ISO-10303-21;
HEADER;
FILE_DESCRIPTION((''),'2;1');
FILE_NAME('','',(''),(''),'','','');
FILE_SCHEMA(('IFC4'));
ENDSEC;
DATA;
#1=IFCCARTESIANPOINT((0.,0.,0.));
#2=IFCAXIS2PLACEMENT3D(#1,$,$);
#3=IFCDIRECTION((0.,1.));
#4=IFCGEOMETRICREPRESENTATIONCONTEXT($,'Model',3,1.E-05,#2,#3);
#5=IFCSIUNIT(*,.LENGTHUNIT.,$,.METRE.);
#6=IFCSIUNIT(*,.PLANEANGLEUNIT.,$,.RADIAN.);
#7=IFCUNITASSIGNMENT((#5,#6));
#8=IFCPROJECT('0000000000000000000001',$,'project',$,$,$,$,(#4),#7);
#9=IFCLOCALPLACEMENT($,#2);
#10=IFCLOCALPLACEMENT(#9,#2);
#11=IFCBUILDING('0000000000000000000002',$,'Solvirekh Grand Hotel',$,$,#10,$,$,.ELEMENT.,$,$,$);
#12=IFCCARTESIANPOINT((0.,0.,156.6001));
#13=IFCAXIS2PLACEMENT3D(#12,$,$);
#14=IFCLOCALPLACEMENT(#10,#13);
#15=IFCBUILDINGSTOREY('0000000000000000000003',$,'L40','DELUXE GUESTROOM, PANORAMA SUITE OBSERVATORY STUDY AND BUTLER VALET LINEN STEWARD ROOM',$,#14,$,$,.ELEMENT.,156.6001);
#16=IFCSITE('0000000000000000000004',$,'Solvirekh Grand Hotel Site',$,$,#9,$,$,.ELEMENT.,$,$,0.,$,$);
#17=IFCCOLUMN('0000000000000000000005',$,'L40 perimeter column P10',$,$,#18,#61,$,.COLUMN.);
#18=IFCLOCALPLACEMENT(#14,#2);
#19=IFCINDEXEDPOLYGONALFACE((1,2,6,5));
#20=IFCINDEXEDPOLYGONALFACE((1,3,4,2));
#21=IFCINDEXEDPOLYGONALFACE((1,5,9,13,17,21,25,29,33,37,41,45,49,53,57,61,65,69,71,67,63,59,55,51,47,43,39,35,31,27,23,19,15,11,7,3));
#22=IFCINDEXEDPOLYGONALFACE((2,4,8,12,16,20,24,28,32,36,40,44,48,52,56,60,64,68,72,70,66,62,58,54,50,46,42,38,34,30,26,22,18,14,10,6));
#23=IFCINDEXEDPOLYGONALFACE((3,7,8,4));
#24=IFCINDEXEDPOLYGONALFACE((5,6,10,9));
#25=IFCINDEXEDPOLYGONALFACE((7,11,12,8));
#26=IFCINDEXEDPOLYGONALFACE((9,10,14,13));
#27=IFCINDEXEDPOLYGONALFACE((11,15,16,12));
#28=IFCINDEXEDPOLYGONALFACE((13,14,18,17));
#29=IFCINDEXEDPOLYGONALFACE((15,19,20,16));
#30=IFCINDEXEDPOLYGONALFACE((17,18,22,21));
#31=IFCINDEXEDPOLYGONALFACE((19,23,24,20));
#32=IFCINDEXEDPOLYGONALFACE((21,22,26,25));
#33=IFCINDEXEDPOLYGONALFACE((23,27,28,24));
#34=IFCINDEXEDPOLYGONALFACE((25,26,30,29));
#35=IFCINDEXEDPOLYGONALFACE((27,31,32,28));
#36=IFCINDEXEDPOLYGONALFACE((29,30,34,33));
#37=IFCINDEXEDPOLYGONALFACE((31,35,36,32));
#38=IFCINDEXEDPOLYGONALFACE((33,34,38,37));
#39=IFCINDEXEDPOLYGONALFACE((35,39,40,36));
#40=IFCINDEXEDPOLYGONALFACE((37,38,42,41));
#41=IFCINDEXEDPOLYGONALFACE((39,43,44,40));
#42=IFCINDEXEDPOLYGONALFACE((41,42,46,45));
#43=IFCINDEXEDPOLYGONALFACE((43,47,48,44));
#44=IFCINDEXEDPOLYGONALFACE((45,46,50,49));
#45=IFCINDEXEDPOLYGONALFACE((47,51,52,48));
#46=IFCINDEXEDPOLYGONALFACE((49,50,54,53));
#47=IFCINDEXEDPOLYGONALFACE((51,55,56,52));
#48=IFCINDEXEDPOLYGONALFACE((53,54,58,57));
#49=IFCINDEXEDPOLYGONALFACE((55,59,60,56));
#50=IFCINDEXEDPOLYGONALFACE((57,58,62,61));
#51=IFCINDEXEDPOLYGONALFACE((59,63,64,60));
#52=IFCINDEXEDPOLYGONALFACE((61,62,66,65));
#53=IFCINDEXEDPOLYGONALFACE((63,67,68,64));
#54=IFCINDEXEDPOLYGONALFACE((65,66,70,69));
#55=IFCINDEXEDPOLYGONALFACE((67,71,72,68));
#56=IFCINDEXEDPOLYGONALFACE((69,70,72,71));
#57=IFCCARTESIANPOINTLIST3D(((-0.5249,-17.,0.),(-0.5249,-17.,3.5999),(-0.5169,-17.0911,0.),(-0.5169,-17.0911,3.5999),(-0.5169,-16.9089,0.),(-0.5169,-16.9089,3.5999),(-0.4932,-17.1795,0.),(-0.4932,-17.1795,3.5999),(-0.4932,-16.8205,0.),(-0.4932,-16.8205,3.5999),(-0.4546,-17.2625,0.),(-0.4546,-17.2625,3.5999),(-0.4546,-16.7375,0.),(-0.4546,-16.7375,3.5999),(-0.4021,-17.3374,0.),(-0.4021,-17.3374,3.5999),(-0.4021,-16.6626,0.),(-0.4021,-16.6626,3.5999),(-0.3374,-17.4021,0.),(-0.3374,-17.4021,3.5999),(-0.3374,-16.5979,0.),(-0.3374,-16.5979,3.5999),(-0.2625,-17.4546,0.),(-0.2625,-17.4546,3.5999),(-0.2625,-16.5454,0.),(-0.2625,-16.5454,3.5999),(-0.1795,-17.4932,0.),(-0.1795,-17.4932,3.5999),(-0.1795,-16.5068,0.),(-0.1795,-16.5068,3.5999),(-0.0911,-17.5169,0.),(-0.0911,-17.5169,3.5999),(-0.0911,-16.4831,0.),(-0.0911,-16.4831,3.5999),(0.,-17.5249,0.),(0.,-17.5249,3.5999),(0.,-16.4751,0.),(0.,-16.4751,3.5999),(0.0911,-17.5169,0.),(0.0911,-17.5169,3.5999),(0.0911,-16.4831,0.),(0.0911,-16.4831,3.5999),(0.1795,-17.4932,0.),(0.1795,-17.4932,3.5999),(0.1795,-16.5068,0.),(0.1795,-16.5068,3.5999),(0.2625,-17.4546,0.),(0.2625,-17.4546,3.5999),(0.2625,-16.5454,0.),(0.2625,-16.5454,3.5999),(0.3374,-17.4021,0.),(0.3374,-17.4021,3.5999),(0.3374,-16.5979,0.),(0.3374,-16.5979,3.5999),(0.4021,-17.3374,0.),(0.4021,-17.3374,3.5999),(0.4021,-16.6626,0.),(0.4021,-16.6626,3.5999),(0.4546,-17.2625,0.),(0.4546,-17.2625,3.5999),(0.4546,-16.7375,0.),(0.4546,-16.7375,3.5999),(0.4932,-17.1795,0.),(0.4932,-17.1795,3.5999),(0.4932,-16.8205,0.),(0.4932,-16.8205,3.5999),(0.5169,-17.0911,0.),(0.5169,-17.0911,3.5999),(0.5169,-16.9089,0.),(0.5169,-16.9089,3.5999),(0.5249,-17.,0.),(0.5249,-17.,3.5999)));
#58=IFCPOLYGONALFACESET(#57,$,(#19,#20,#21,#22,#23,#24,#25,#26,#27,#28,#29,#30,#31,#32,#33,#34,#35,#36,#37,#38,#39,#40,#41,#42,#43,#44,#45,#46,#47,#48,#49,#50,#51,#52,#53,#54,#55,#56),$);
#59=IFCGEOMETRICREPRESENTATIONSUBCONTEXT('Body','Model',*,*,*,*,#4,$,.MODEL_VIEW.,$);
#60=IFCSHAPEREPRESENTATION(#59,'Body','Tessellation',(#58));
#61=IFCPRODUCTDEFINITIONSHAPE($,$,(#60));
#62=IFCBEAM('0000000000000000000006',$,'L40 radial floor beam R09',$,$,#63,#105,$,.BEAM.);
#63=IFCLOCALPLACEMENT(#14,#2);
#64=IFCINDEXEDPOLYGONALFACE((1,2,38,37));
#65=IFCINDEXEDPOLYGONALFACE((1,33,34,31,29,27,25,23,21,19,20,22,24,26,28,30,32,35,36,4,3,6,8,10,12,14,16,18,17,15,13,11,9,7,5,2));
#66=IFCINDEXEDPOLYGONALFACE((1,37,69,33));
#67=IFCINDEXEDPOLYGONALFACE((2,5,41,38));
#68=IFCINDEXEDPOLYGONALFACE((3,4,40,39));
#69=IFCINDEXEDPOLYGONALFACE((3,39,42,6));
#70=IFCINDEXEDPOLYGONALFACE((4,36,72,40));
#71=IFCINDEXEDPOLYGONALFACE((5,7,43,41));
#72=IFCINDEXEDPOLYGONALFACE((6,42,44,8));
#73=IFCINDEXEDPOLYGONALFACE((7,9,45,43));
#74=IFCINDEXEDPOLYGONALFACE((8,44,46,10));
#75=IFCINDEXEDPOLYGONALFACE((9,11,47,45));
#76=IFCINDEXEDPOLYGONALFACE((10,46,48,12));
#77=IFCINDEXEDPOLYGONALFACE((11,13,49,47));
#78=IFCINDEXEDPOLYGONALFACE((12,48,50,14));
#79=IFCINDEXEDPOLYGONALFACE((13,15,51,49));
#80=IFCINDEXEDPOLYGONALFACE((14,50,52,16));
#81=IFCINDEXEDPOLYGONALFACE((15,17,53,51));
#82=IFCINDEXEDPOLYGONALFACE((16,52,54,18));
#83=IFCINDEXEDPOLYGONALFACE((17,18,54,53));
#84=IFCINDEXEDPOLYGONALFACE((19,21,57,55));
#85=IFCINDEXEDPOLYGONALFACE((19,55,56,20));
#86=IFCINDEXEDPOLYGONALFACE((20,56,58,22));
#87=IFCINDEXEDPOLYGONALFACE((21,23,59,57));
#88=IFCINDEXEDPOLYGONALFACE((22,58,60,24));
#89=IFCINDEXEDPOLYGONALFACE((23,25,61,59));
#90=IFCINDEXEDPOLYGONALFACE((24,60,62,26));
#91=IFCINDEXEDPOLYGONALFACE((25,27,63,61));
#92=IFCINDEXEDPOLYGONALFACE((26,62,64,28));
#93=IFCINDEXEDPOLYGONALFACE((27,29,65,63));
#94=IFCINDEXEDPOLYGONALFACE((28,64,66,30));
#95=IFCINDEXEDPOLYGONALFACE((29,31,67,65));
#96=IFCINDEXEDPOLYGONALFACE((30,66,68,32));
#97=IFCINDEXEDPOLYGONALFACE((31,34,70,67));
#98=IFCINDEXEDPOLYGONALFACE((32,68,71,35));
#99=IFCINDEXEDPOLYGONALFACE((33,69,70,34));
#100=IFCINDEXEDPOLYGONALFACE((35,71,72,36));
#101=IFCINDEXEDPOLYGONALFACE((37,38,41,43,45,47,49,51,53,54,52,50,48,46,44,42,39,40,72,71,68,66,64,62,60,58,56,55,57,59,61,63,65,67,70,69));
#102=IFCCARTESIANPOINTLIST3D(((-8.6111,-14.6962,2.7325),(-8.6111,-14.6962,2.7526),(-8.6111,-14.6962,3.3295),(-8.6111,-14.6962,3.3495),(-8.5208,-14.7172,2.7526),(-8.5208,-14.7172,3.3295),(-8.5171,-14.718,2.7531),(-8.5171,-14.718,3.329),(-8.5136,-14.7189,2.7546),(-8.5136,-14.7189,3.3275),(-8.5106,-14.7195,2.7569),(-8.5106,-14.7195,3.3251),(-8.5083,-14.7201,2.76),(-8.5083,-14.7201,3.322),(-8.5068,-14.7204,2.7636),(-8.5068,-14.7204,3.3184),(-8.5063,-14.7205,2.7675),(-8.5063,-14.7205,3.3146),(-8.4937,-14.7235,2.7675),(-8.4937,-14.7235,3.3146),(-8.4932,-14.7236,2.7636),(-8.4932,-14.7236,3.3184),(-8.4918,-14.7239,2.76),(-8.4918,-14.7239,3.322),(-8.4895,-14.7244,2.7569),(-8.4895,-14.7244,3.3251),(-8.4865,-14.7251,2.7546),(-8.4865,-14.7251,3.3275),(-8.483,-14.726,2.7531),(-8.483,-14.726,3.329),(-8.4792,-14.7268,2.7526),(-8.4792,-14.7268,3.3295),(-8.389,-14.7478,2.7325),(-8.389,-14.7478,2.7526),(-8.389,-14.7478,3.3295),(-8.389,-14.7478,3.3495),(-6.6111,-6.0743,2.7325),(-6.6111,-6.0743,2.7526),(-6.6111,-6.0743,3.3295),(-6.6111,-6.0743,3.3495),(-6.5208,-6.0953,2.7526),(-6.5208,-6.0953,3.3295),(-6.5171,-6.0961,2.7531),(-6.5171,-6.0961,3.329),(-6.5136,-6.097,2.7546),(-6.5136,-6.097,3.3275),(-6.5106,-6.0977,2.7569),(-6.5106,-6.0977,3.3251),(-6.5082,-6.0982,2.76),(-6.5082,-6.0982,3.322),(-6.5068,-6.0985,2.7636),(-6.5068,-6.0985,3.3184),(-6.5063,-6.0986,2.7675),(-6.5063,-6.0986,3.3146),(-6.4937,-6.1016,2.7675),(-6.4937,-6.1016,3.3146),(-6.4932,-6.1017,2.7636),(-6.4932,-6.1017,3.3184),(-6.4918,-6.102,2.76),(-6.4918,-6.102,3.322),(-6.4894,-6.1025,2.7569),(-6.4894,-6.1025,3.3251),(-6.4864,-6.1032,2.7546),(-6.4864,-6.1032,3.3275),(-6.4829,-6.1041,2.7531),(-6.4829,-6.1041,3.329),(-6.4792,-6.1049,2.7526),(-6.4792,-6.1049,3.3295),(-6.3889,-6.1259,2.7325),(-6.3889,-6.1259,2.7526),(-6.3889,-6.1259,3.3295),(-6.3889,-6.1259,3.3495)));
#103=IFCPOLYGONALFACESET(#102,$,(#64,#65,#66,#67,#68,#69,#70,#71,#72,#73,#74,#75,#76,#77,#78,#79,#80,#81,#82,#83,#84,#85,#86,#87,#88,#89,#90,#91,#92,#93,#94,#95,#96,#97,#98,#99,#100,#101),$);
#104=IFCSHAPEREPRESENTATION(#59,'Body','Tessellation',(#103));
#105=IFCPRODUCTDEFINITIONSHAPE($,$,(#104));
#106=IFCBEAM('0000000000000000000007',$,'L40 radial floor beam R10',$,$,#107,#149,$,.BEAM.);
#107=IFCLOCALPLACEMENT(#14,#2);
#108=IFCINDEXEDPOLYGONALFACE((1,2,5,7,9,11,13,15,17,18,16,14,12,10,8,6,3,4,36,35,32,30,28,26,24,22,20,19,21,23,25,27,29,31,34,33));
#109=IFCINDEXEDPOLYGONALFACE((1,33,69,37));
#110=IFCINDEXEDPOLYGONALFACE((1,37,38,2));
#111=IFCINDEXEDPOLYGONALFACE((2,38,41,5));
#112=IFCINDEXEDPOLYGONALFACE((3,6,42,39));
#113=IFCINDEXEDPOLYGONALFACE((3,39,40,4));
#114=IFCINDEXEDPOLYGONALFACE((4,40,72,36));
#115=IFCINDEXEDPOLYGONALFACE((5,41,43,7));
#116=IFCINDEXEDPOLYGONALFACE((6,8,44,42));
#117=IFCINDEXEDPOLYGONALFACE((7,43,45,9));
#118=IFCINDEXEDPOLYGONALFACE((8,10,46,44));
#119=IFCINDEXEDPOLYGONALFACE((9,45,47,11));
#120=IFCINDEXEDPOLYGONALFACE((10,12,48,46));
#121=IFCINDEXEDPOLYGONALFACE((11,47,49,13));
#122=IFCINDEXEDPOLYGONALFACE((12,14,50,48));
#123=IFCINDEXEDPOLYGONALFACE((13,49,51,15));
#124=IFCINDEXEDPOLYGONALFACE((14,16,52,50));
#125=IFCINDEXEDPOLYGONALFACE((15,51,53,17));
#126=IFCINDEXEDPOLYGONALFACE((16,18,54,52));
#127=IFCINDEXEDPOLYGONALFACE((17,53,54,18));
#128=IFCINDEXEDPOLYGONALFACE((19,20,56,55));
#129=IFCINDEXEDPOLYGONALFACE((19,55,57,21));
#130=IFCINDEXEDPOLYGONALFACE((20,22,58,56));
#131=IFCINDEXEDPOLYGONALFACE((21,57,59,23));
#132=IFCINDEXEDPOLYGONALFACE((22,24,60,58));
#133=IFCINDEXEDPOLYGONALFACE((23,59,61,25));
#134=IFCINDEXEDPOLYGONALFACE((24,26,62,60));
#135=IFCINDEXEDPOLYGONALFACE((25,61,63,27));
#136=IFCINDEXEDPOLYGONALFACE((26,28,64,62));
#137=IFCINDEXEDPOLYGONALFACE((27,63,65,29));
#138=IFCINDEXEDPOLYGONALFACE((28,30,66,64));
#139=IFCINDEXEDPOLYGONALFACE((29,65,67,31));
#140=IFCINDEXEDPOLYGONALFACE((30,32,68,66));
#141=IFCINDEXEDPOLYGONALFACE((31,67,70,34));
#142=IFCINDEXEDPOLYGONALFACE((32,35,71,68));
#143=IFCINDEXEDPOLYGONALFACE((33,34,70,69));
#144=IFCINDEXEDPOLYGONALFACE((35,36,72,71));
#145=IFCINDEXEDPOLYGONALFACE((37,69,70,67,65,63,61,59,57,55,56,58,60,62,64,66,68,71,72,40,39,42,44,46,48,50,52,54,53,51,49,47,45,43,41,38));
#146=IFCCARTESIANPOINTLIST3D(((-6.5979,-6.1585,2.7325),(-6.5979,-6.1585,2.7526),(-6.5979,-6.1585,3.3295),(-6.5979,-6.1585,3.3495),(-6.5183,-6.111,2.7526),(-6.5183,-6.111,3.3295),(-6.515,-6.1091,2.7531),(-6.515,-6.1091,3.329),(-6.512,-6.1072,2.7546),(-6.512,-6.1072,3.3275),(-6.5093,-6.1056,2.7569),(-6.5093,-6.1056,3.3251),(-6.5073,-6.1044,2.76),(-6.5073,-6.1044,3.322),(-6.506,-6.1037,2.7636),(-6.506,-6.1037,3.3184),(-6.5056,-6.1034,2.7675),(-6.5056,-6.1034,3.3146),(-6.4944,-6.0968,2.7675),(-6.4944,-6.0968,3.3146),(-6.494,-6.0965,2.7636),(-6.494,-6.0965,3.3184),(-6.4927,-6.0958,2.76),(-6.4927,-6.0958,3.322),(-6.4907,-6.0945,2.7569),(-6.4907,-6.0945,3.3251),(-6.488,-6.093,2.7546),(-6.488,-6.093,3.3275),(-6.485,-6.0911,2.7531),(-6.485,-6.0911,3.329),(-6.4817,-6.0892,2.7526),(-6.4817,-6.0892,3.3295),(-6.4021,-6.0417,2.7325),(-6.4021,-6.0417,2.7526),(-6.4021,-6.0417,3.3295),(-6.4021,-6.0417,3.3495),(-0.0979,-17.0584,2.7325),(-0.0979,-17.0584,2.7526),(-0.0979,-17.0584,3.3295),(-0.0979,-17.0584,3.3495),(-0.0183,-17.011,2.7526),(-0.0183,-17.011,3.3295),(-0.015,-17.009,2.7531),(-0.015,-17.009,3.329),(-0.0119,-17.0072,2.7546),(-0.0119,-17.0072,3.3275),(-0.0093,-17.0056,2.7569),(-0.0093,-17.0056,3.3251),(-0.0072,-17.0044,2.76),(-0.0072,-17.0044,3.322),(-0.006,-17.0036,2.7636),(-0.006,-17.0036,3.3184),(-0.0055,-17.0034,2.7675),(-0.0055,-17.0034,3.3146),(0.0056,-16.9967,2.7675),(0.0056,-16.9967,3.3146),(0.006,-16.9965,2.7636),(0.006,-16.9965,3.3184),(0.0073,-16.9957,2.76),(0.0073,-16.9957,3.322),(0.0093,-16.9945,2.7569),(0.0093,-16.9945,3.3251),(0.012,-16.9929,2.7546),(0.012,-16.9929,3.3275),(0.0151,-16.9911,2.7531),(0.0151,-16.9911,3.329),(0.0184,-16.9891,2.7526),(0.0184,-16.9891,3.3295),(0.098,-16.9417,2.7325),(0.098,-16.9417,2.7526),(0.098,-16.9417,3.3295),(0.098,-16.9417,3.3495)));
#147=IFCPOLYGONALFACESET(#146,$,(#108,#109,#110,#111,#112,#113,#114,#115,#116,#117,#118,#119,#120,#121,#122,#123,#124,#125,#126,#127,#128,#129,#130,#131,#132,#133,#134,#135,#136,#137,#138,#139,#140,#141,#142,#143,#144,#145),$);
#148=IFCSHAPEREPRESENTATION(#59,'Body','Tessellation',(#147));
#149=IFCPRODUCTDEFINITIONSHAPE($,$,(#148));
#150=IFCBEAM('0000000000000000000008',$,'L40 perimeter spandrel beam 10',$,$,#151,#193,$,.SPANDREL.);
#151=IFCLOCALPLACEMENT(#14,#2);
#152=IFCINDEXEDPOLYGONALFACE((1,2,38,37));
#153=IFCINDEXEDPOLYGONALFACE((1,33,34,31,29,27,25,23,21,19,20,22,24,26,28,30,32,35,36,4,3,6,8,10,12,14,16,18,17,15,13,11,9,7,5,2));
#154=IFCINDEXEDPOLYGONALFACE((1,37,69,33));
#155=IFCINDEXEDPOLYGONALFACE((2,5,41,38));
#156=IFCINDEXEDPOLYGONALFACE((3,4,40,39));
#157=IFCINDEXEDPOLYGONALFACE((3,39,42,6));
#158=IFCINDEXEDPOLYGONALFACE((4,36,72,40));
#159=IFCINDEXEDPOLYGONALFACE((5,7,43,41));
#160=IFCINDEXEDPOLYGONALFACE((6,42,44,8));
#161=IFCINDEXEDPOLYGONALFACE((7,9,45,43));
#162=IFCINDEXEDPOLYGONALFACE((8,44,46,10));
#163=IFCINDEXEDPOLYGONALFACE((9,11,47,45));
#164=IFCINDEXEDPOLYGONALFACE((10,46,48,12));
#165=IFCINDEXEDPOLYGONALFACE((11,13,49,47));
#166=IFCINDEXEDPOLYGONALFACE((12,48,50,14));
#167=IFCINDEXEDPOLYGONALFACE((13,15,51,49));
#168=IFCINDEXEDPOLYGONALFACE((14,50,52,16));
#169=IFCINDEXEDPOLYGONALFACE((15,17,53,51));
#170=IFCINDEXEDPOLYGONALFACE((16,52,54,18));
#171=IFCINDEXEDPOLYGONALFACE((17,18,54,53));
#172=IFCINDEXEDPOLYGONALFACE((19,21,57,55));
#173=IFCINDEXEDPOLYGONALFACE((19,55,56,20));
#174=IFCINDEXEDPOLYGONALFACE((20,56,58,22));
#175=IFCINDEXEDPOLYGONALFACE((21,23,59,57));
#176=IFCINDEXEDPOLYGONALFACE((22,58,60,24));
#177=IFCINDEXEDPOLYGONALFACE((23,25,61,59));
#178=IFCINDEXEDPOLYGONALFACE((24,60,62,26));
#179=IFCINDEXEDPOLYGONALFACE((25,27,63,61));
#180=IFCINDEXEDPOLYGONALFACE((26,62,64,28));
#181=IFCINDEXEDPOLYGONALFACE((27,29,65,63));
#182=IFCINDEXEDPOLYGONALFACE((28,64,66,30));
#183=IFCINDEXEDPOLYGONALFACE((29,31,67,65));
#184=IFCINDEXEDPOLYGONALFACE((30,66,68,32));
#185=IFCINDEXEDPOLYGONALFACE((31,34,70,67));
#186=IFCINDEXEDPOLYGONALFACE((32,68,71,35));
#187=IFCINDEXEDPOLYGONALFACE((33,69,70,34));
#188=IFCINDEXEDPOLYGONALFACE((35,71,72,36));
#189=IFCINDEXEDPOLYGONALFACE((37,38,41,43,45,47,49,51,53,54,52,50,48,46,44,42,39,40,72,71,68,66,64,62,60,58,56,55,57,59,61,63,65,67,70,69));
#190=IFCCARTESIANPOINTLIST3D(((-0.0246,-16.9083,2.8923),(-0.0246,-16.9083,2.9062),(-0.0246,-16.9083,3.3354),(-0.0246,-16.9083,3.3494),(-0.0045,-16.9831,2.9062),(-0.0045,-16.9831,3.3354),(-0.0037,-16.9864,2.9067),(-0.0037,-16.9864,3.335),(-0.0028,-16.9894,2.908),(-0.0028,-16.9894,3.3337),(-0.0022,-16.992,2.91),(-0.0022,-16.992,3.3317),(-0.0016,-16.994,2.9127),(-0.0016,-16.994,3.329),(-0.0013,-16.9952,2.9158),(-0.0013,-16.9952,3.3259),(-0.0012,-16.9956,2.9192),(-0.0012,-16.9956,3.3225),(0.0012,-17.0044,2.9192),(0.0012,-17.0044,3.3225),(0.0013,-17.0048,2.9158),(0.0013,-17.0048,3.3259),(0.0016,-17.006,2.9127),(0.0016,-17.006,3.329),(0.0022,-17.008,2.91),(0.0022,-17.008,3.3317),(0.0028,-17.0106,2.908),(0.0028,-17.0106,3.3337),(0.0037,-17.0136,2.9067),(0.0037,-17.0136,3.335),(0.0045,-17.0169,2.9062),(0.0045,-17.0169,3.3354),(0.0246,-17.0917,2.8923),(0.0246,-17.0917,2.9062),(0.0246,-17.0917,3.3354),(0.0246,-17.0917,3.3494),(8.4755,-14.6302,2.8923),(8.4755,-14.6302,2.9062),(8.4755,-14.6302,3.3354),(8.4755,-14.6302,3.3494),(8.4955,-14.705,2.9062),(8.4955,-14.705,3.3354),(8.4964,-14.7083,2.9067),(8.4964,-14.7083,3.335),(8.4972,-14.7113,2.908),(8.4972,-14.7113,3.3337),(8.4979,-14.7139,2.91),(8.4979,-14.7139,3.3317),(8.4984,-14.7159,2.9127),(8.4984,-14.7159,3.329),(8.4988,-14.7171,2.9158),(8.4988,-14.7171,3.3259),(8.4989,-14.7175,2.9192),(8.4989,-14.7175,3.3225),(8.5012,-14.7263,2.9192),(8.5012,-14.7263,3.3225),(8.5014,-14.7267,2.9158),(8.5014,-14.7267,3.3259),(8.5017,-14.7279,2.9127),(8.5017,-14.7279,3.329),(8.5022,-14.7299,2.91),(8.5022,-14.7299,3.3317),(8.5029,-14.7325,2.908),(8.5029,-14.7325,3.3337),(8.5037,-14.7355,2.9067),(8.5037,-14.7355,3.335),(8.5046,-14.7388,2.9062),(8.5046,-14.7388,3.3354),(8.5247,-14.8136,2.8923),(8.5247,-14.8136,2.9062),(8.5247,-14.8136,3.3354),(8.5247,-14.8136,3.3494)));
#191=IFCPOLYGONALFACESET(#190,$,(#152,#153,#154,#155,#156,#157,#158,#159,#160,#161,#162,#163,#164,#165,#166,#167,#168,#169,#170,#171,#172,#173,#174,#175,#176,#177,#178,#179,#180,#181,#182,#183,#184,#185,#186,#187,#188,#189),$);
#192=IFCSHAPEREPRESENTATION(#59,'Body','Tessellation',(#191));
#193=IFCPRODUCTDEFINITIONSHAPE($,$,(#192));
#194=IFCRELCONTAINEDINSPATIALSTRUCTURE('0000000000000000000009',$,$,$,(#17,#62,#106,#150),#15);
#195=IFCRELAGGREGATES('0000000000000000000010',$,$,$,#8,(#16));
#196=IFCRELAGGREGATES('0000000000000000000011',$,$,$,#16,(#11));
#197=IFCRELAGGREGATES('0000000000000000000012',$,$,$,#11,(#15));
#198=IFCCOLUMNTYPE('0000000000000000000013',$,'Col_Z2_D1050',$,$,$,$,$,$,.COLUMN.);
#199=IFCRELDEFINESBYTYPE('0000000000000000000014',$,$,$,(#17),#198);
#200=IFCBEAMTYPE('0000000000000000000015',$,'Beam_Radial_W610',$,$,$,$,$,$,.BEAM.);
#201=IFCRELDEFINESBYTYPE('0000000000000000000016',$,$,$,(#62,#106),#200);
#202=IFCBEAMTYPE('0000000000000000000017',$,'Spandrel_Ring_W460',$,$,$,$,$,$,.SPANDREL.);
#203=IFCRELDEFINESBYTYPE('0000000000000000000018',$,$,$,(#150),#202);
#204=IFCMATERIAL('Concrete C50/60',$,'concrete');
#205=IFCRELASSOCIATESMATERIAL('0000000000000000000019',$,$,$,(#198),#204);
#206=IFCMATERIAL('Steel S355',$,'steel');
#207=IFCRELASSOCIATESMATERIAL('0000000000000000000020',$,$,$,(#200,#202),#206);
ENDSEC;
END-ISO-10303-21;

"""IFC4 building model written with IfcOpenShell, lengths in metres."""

from ifc_helpers import new_model, si_unit, direction, frame, origin, origin_2d, place, context, subcontext, project, spatial, circle, i_section, extrude, material, material_profile, profile_set, type_object, element, save


model = new_model("IFC4")

# Units and contexts
model_context = context("Model", 3, precision=1e-05, world=origin(), true_north=direction((0.0, 1.0)))
body_context = subcontext(model_context, "Body", "Model", "MODEL_VIEW")
ifc_project = project(units=[si_unit("LENGTHUNIT", "METRE"), si_unit("PLANEANGLEUNIT", "RADIAN")], contexts=[model_context])

# Site, building, storey
site_placement = place(None, origin())
site = spatial("IfcSite", under=ifc_project, at=site_placement, Name="Solvirekh Grand Hotel Site", CompositionType="ELEMENT", RefElevation=0.0)
building_placement = place(site_placement, origin())
building = spatial("IfcBuilding", under=site, at=building_placement, Name="Solvirekh Grand Hotel", CompositionType="ELEMENT")
storey_placement = place(building_placement, frame((0.0, 0.0, 156.6001)))
storey = spatial("IfcBuildingStorey", under=building, at=storey_placement, Name="L40", Description="DELUXE GUESTROOM, PANORAMA SUITE OBSERVATORY STUDY AND BUTLER VALET LINEN STEWARD ROOM", CompositionType="ELEMENT", Elevation=156.6001)

# Column
ifc_material_1 = material(Name="Concrete C50/60", Category="concrete")
ifc_material_profile_1 = material_profile(ifc_material_1, circle(Radius=0.5249, at=origin_2d()), Name="RC CIRC D1050")
ifc_profile_set_1 = profile_set([ifc_material_profile_1], Name="Concrete C50/60")
column_type = type_object("IfcColumnType", Name="Col_Z2_D1050", PredefinedType="COLUMN", material=ifc_profile_set_1)
column_placement = place(storey_placement, frame((0.0, -17.0, 0.0), z_axis=(0.0, 0.0, 1.0), x_axis=(1.0, 0.0, 0.0)))
element("IfcColumn", 1, at=column_placement, inside=storey, type_object=column_type, Name="L40 perimeter column P10", PredefinedType="COLUMN", context=body_context, shape_type="SweptSolid", body=[
    extrude(circle(Radius=0.5249, at=origin_2d()), origin(), (0.0, 0.0, 1.0), 3.5999),
])

# Beams
ifc_material_2 = material(Name="Steel S355", Category="steel")
ifc_material_profile_2 = material_profile(ifc_material_2, i_section(OverallWidth=0.228, OverallDepth=0.6169, WebThickness=0.0129, FlangeThickness=0.02, FilletRadius=0.0149, at=origin_2d()), Name="W610X140")
ifc_profile_set_2 = profile_set([ifc_material_profile_2], Name="Steel S355")
beam_type_1 = type_object("IfcBeamType", Name="Beam_Radial_W610", PredefinedType="BEAM", material=ifc_profile_set_2)
beam_1_placement = place(storey_placement, frame((-6.5, -6.1001, 3.041), z_axis=(-0.225969, -0.974134, 0.0), x_axis=(0.974134, -0.225969, 0.0)))
element("IfcBeam", 2, at=beam_1_placement, inside=storey, type_object=beam_type_1, Name="L40 radial floor beam R09", PredefinedType="BEAM", context=body_context, shape_type="SweptSolid", body=[
    extrude(i_section(OverallWidth=0.228, OverallDepth=0.6169, WebThickness=0.0129, FlangeThickness=0.02, FilletRadius=0.0149, at=origin_2d()), origin(), (0.0, 0.0, 1.0), 8.8508),
])
beam_2_placement = place(storey_placement, frame((-6.5, -6.1001, 3.041), z_axis=(0.51218, -0.858878, 0.0), x_axis=(0.858878, 0.51218, 0.0)))
element("IfcBeam", 3, at=beam_2_placement, inside=storey, type_object=beam_type_1, Name="L40 radial floor beam R10", PredefinedType="BEAM", context=body_context, shape_type="SweptSolid", body=[
    extrude(i_section(OverallWidth=0.228, OverallDepth=0.6169, WebThickness=0.0129, FlangeThickness=0.02, FilletRadius=0.0149, at=origin_2d()), origin(), (0.0, 0.0, 1.0), 12.6909),
])
ifc_material_profile_3 = material_profile(ifc_material_2, i_section(OverallWidth=0.1899, OverallDepth=0.457, WebThickness=0.009, FlangeThickness=0.0139, FilletRadius=0.0129, at=origin_2d()), Name="W460X74")
ifc_profile_set_3 = profile_set([ifc_material_profile_3], Name="Steel S355")
beam_type_2 = type_object("IfcBeamType", Name="Spandrel_Ring_W460", PredefinedType="SPANDREL", material=ifc_profile_set_3)
beam_3_placement = place(storey_placement, frame((0.0, -17.0, 3.1208), z_axis=(0.965911, 0.258873, 0.0), x_axis=(-0.258873, 0.965911, 0.0)))
element("IfcBeam", 4, at=beam_3_placement, inside=storey, type_object=beam_type_2, Name="L40 perimeter spandrel beam 10", PredefinedType="SPANDREL", context=body_context, shape_type="SweptSolid", body=[
    extrude(i_section(OverallWidth=0.1899, OverallDepth=0.457, WebThickness=0.009, FlangeThickness=0.0139, FilletRadius=0.0129, at=origin_2d()), origin(), (0.0, 0.0, 1.0), 8.8),
])

save(model, "model.ifc")
